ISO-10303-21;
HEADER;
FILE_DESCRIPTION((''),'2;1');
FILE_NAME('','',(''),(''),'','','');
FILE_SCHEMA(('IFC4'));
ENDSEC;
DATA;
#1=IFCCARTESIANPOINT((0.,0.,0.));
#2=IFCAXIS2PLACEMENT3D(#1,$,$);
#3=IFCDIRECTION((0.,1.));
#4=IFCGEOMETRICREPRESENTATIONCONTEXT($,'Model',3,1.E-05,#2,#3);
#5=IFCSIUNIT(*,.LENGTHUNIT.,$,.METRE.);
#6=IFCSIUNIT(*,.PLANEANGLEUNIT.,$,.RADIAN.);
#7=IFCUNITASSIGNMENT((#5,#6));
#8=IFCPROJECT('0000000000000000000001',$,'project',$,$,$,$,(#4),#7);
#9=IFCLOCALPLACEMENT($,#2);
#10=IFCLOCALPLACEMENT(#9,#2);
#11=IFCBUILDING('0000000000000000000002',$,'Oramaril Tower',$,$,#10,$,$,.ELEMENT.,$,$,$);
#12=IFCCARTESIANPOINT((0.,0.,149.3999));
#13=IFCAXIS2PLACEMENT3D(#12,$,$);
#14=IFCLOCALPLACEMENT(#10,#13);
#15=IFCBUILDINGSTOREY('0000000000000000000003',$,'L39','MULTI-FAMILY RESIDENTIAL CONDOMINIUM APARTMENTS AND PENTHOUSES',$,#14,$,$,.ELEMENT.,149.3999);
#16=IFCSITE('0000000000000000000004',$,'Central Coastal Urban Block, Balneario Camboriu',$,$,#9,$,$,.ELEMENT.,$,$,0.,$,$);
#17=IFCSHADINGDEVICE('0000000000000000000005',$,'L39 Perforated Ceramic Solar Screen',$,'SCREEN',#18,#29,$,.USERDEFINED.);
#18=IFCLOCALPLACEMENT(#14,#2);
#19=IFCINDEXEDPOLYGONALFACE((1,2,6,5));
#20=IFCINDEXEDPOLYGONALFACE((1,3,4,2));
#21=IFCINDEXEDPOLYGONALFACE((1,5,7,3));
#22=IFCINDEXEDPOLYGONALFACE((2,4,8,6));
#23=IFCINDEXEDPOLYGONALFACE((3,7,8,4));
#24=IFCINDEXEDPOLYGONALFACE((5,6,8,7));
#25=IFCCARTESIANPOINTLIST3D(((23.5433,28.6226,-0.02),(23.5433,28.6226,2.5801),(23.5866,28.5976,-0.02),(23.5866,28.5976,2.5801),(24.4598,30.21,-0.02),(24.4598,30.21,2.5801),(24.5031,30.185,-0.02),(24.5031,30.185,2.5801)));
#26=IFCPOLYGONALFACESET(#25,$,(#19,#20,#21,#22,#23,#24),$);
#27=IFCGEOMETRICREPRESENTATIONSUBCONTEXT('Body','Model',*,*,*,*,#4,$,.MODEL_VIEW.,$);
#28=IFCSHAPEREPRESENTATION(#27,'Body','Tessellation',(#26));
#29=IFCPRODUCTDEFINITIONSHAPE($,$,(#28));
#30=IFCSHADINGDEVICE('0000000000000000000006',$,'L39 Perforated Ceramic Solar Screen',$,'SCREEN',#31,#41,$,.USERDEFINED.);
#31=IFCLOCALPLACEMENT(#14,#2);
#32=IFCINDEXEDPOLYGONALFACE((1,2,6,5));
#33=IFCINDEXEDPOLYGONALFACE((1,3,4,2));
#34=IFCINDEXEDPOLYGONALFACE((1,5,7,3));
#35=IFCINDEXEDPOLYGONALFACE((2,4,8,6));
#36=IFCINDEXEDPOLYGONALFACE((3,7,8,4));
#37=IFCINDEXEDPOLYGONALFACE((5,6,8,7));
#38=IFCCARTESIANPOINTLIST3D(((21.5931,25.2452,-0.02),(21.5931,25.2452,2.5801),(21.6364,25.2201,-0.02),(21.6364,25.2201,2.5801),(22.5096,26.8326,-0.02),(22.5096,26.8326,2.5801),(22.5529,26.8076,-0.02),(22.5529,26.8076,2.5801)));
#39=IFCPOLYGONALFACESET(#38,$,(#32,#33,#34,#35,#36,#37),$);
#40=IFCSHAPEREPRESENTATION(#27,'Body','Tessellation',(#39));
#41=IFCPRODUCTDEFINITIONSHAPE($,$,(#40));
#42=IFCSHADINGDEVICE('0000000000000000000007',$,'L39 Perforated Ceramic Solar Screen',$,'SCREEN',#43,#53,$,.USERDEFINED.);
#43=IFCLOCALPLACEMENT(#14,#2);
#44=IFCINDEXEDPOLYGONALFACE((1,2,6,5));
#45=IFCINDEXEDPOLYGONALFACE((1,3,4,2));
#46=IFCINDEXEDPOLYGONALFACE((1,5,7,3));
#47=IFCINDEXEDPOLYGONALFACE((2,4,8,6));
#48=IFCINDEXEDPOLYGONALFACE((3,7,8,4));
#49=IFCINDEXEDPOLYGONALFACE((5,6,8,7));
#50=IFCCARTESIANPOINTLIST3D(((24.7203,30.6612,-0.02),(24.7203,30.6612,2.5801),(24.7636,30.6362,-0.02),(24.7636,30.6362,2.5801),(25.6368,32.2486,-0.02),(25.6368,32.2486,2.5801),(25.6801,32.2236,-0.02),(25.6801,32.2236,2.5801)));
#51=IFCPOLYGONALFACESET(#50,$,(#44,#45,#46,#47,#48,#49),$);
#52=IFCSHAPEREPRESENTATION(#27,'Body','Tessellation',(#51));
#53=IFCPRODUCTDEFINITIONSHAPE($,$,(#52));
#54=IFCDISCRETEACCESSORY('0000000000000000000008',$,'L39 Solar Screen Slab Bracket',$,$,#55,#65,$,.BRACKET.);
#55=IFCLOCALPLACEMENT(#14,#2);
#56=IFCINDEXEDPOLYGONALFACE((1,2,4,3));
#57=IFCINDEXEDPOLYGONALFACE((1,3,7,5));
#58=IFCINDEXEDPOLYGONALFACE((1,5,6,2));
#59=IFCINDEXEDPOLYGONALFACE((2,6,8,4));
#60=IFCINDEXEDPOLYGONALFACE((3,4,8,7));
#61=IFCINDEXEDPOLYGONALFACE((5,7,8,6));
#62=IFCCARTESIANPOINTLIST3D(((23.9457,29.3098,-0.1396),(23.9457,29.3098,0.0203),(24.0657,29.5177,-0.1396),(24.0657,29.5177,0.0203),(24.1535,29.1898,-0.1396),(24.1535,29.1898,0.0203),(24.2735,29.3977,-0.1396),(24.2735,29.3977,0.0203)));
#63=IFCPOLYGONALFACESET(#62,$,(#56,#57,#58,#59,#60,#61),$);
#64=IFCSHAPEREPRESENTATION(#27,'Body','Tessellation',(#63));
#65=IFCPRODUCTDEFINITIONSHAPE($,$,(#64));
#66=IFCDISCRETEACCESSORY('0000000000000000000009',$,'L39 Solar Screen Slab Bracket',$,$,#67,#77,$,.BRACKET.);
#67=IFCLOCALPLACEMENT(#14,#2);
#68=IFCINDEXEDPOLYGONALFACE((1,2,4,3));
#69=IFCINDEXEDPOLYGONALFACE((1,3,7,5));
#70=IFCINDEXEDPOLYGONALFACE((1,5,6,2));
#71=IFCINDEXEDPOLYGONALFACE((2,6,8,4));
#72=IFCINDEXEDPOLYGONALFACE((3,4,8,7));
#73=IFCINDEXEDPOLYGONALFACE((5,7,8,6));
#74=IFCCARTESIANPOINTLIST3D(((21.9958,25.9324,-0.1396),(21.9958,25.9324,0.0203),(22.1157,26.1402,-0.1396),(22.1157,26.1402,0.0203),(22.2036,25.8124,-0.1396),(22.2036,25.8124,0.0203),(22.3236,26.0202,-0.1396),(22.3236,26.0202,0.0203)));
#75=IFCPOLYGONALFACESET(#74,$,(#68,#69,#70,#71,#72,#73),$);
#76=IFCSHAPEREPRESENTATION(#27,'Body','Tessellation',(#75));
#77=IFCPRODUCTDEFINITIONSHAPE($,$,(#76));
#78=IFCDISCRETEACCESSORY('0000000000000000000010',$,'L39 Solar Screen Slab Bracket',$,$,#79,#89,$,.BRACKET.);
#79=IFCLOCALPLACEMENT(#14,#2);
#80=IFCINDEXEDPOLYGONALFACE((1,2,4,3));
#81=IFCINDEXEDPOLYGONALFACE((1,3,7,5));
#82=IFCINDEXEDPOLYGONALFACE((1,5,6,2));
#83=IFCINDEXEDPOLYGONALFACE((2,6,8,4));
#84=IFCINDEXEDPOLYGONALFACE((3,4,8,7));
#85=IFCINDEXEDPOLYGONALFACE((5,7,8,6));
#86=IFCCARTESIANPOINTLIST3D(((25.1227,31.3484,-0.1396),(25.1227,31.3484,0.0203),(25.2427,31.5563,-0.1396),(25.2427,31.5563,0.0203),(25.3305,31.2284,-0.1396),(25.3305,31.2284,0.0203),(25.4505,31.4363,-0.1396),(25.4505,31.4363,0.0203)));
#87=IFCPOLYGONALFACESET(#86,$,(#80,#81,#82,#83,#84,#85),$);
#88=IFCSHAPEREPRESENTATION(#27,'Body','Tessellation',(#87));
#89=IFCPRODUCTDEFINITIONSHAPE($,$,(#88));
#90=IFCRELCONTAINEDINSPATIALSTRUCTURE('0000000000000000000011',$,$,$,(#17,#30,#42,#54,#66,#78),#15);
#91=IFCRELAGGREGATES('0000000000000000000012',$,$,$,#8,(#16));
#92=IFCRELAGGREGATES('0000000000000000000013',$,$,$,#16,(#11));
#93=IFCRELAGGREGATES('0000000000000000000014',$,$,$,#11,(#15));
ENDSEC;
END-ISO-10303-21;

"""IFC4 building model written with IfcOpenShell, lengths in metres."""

from ifc_helpers import new_model, si_unit, direction, frame, origin, origin_2d, place, context, subcontext, project, spatial, rectangle, extrude, element, save


model = new_model("IFC4")

# Units and contexts
model_context = context("Model", 3, precision=1e-05, world=origin(), true_north=direction((0.0, 1.0)))
body_context = subcontext(model_context, "Body", "Model", "MODEL_VIEW")
ifc_project = project(units=[si_unit("LENGTHUNIT", "METRE"), si_unit("PLANEANGLEUNIT", "RADIAN")], contexts=[model_context])

# Site, building, storey
site_placement = place(None, origin())
site = spatial("IfcSite", under=ifc_project, at=site_placement, Name="Central Coastal Urban Block, Balneario Camboriu", CompositionType="ELEMENT", RefElevation=0.0)
building_placement = place(site_placement, origin())
building = spatial("IfcBuilding", under=site, at=building_placement, Name="Oramaril Tower", CompositionType="ELEMENT")
storey_placement = place(building_placement, frame((0.0, 0.0, 149.3999)))
storey = spatial("IfcBuildingStorey", under=building, at=storey_placement, Name="L39", Description="MULTI-FAMILY RESIDENTIAL CONDOMINIUM APARTMENTS AND PENTHOUSES", CompositionType="ELEMENT", Elevation=149.3999)

# Shading devices
for number, where, z_axis, x_axis, name in (
    (1, (24.0232, 29.4038, -0.02), (0.0, 0.0, 1.0), (-0.5, -0.866025, 0.0), "L39 Perforated Ceramic Solar Screen"),
    (2, (22.073, 26.0264, -0.02), (0.0, 0.0, 1.0), (-0.5, -0.866025, 0.0), "L39 Perforated Ceramic Solar Screen"),
    (3, (25.2002, 31.4424, -0.02), (0.0, 0.0, 1.0), (-0.5, -0.866025, 0.0), "L39 Perforated Ceramic Solar Screen"),
):
    element("IfcShadingDevice", number, at=place(storey_placement, frame(where, z_axis=z_axis, x_axis=x_axis)), inside=storey, Name=name, ObjectType="SCREEN", PredefinedType="USERDEFINED", context=body_context, shape_type="SweptSolid", body=[
        extrude(rectangle(XDim=1.833, YDim=0.05, at=origin_2d()), origin(), (0.0, 0.0, 1.0), 2.6001),
    ])

# Discrete accessories
for number, where, z_axis, x_axis, name in (
    (4, (24.1096, 29.3538, -0.1396), (0.0, 0.0, 1.0), (-0.5, -0.866025, 0.0), "L39 Solar Screen Slab Bracket"),
    (5, (22.1597, 25.9763, -0.1396), (0.0, 0.0, 1.0), (-0.5, -0.866025, 0.0), "L39 Solar Screen Slab Bracket"),
    (6, (25.2866, 31.3923, -0.1396), (0.0, 0.0, 1.0), (-0.5, -0.866025, 0.0), "L39 Solar Screen Slab Bracket"),
):
    element("IfcDiscreteAccessory", number, at=place(storey_placement, frame(where, z_axis=z_axis, x_axis=x_axis)), inside=storey, Name=name, PredefinedType="BRACKET", context=body_context, shape_type="SweptSolid", body=[
        extrude(rectangle(XDim=0.24, YDim=0.24, at=origin_2d()), origin(), (0.0, 0.0, 1.0), 0.1599),
    ])

save(model, "model.ifc")
